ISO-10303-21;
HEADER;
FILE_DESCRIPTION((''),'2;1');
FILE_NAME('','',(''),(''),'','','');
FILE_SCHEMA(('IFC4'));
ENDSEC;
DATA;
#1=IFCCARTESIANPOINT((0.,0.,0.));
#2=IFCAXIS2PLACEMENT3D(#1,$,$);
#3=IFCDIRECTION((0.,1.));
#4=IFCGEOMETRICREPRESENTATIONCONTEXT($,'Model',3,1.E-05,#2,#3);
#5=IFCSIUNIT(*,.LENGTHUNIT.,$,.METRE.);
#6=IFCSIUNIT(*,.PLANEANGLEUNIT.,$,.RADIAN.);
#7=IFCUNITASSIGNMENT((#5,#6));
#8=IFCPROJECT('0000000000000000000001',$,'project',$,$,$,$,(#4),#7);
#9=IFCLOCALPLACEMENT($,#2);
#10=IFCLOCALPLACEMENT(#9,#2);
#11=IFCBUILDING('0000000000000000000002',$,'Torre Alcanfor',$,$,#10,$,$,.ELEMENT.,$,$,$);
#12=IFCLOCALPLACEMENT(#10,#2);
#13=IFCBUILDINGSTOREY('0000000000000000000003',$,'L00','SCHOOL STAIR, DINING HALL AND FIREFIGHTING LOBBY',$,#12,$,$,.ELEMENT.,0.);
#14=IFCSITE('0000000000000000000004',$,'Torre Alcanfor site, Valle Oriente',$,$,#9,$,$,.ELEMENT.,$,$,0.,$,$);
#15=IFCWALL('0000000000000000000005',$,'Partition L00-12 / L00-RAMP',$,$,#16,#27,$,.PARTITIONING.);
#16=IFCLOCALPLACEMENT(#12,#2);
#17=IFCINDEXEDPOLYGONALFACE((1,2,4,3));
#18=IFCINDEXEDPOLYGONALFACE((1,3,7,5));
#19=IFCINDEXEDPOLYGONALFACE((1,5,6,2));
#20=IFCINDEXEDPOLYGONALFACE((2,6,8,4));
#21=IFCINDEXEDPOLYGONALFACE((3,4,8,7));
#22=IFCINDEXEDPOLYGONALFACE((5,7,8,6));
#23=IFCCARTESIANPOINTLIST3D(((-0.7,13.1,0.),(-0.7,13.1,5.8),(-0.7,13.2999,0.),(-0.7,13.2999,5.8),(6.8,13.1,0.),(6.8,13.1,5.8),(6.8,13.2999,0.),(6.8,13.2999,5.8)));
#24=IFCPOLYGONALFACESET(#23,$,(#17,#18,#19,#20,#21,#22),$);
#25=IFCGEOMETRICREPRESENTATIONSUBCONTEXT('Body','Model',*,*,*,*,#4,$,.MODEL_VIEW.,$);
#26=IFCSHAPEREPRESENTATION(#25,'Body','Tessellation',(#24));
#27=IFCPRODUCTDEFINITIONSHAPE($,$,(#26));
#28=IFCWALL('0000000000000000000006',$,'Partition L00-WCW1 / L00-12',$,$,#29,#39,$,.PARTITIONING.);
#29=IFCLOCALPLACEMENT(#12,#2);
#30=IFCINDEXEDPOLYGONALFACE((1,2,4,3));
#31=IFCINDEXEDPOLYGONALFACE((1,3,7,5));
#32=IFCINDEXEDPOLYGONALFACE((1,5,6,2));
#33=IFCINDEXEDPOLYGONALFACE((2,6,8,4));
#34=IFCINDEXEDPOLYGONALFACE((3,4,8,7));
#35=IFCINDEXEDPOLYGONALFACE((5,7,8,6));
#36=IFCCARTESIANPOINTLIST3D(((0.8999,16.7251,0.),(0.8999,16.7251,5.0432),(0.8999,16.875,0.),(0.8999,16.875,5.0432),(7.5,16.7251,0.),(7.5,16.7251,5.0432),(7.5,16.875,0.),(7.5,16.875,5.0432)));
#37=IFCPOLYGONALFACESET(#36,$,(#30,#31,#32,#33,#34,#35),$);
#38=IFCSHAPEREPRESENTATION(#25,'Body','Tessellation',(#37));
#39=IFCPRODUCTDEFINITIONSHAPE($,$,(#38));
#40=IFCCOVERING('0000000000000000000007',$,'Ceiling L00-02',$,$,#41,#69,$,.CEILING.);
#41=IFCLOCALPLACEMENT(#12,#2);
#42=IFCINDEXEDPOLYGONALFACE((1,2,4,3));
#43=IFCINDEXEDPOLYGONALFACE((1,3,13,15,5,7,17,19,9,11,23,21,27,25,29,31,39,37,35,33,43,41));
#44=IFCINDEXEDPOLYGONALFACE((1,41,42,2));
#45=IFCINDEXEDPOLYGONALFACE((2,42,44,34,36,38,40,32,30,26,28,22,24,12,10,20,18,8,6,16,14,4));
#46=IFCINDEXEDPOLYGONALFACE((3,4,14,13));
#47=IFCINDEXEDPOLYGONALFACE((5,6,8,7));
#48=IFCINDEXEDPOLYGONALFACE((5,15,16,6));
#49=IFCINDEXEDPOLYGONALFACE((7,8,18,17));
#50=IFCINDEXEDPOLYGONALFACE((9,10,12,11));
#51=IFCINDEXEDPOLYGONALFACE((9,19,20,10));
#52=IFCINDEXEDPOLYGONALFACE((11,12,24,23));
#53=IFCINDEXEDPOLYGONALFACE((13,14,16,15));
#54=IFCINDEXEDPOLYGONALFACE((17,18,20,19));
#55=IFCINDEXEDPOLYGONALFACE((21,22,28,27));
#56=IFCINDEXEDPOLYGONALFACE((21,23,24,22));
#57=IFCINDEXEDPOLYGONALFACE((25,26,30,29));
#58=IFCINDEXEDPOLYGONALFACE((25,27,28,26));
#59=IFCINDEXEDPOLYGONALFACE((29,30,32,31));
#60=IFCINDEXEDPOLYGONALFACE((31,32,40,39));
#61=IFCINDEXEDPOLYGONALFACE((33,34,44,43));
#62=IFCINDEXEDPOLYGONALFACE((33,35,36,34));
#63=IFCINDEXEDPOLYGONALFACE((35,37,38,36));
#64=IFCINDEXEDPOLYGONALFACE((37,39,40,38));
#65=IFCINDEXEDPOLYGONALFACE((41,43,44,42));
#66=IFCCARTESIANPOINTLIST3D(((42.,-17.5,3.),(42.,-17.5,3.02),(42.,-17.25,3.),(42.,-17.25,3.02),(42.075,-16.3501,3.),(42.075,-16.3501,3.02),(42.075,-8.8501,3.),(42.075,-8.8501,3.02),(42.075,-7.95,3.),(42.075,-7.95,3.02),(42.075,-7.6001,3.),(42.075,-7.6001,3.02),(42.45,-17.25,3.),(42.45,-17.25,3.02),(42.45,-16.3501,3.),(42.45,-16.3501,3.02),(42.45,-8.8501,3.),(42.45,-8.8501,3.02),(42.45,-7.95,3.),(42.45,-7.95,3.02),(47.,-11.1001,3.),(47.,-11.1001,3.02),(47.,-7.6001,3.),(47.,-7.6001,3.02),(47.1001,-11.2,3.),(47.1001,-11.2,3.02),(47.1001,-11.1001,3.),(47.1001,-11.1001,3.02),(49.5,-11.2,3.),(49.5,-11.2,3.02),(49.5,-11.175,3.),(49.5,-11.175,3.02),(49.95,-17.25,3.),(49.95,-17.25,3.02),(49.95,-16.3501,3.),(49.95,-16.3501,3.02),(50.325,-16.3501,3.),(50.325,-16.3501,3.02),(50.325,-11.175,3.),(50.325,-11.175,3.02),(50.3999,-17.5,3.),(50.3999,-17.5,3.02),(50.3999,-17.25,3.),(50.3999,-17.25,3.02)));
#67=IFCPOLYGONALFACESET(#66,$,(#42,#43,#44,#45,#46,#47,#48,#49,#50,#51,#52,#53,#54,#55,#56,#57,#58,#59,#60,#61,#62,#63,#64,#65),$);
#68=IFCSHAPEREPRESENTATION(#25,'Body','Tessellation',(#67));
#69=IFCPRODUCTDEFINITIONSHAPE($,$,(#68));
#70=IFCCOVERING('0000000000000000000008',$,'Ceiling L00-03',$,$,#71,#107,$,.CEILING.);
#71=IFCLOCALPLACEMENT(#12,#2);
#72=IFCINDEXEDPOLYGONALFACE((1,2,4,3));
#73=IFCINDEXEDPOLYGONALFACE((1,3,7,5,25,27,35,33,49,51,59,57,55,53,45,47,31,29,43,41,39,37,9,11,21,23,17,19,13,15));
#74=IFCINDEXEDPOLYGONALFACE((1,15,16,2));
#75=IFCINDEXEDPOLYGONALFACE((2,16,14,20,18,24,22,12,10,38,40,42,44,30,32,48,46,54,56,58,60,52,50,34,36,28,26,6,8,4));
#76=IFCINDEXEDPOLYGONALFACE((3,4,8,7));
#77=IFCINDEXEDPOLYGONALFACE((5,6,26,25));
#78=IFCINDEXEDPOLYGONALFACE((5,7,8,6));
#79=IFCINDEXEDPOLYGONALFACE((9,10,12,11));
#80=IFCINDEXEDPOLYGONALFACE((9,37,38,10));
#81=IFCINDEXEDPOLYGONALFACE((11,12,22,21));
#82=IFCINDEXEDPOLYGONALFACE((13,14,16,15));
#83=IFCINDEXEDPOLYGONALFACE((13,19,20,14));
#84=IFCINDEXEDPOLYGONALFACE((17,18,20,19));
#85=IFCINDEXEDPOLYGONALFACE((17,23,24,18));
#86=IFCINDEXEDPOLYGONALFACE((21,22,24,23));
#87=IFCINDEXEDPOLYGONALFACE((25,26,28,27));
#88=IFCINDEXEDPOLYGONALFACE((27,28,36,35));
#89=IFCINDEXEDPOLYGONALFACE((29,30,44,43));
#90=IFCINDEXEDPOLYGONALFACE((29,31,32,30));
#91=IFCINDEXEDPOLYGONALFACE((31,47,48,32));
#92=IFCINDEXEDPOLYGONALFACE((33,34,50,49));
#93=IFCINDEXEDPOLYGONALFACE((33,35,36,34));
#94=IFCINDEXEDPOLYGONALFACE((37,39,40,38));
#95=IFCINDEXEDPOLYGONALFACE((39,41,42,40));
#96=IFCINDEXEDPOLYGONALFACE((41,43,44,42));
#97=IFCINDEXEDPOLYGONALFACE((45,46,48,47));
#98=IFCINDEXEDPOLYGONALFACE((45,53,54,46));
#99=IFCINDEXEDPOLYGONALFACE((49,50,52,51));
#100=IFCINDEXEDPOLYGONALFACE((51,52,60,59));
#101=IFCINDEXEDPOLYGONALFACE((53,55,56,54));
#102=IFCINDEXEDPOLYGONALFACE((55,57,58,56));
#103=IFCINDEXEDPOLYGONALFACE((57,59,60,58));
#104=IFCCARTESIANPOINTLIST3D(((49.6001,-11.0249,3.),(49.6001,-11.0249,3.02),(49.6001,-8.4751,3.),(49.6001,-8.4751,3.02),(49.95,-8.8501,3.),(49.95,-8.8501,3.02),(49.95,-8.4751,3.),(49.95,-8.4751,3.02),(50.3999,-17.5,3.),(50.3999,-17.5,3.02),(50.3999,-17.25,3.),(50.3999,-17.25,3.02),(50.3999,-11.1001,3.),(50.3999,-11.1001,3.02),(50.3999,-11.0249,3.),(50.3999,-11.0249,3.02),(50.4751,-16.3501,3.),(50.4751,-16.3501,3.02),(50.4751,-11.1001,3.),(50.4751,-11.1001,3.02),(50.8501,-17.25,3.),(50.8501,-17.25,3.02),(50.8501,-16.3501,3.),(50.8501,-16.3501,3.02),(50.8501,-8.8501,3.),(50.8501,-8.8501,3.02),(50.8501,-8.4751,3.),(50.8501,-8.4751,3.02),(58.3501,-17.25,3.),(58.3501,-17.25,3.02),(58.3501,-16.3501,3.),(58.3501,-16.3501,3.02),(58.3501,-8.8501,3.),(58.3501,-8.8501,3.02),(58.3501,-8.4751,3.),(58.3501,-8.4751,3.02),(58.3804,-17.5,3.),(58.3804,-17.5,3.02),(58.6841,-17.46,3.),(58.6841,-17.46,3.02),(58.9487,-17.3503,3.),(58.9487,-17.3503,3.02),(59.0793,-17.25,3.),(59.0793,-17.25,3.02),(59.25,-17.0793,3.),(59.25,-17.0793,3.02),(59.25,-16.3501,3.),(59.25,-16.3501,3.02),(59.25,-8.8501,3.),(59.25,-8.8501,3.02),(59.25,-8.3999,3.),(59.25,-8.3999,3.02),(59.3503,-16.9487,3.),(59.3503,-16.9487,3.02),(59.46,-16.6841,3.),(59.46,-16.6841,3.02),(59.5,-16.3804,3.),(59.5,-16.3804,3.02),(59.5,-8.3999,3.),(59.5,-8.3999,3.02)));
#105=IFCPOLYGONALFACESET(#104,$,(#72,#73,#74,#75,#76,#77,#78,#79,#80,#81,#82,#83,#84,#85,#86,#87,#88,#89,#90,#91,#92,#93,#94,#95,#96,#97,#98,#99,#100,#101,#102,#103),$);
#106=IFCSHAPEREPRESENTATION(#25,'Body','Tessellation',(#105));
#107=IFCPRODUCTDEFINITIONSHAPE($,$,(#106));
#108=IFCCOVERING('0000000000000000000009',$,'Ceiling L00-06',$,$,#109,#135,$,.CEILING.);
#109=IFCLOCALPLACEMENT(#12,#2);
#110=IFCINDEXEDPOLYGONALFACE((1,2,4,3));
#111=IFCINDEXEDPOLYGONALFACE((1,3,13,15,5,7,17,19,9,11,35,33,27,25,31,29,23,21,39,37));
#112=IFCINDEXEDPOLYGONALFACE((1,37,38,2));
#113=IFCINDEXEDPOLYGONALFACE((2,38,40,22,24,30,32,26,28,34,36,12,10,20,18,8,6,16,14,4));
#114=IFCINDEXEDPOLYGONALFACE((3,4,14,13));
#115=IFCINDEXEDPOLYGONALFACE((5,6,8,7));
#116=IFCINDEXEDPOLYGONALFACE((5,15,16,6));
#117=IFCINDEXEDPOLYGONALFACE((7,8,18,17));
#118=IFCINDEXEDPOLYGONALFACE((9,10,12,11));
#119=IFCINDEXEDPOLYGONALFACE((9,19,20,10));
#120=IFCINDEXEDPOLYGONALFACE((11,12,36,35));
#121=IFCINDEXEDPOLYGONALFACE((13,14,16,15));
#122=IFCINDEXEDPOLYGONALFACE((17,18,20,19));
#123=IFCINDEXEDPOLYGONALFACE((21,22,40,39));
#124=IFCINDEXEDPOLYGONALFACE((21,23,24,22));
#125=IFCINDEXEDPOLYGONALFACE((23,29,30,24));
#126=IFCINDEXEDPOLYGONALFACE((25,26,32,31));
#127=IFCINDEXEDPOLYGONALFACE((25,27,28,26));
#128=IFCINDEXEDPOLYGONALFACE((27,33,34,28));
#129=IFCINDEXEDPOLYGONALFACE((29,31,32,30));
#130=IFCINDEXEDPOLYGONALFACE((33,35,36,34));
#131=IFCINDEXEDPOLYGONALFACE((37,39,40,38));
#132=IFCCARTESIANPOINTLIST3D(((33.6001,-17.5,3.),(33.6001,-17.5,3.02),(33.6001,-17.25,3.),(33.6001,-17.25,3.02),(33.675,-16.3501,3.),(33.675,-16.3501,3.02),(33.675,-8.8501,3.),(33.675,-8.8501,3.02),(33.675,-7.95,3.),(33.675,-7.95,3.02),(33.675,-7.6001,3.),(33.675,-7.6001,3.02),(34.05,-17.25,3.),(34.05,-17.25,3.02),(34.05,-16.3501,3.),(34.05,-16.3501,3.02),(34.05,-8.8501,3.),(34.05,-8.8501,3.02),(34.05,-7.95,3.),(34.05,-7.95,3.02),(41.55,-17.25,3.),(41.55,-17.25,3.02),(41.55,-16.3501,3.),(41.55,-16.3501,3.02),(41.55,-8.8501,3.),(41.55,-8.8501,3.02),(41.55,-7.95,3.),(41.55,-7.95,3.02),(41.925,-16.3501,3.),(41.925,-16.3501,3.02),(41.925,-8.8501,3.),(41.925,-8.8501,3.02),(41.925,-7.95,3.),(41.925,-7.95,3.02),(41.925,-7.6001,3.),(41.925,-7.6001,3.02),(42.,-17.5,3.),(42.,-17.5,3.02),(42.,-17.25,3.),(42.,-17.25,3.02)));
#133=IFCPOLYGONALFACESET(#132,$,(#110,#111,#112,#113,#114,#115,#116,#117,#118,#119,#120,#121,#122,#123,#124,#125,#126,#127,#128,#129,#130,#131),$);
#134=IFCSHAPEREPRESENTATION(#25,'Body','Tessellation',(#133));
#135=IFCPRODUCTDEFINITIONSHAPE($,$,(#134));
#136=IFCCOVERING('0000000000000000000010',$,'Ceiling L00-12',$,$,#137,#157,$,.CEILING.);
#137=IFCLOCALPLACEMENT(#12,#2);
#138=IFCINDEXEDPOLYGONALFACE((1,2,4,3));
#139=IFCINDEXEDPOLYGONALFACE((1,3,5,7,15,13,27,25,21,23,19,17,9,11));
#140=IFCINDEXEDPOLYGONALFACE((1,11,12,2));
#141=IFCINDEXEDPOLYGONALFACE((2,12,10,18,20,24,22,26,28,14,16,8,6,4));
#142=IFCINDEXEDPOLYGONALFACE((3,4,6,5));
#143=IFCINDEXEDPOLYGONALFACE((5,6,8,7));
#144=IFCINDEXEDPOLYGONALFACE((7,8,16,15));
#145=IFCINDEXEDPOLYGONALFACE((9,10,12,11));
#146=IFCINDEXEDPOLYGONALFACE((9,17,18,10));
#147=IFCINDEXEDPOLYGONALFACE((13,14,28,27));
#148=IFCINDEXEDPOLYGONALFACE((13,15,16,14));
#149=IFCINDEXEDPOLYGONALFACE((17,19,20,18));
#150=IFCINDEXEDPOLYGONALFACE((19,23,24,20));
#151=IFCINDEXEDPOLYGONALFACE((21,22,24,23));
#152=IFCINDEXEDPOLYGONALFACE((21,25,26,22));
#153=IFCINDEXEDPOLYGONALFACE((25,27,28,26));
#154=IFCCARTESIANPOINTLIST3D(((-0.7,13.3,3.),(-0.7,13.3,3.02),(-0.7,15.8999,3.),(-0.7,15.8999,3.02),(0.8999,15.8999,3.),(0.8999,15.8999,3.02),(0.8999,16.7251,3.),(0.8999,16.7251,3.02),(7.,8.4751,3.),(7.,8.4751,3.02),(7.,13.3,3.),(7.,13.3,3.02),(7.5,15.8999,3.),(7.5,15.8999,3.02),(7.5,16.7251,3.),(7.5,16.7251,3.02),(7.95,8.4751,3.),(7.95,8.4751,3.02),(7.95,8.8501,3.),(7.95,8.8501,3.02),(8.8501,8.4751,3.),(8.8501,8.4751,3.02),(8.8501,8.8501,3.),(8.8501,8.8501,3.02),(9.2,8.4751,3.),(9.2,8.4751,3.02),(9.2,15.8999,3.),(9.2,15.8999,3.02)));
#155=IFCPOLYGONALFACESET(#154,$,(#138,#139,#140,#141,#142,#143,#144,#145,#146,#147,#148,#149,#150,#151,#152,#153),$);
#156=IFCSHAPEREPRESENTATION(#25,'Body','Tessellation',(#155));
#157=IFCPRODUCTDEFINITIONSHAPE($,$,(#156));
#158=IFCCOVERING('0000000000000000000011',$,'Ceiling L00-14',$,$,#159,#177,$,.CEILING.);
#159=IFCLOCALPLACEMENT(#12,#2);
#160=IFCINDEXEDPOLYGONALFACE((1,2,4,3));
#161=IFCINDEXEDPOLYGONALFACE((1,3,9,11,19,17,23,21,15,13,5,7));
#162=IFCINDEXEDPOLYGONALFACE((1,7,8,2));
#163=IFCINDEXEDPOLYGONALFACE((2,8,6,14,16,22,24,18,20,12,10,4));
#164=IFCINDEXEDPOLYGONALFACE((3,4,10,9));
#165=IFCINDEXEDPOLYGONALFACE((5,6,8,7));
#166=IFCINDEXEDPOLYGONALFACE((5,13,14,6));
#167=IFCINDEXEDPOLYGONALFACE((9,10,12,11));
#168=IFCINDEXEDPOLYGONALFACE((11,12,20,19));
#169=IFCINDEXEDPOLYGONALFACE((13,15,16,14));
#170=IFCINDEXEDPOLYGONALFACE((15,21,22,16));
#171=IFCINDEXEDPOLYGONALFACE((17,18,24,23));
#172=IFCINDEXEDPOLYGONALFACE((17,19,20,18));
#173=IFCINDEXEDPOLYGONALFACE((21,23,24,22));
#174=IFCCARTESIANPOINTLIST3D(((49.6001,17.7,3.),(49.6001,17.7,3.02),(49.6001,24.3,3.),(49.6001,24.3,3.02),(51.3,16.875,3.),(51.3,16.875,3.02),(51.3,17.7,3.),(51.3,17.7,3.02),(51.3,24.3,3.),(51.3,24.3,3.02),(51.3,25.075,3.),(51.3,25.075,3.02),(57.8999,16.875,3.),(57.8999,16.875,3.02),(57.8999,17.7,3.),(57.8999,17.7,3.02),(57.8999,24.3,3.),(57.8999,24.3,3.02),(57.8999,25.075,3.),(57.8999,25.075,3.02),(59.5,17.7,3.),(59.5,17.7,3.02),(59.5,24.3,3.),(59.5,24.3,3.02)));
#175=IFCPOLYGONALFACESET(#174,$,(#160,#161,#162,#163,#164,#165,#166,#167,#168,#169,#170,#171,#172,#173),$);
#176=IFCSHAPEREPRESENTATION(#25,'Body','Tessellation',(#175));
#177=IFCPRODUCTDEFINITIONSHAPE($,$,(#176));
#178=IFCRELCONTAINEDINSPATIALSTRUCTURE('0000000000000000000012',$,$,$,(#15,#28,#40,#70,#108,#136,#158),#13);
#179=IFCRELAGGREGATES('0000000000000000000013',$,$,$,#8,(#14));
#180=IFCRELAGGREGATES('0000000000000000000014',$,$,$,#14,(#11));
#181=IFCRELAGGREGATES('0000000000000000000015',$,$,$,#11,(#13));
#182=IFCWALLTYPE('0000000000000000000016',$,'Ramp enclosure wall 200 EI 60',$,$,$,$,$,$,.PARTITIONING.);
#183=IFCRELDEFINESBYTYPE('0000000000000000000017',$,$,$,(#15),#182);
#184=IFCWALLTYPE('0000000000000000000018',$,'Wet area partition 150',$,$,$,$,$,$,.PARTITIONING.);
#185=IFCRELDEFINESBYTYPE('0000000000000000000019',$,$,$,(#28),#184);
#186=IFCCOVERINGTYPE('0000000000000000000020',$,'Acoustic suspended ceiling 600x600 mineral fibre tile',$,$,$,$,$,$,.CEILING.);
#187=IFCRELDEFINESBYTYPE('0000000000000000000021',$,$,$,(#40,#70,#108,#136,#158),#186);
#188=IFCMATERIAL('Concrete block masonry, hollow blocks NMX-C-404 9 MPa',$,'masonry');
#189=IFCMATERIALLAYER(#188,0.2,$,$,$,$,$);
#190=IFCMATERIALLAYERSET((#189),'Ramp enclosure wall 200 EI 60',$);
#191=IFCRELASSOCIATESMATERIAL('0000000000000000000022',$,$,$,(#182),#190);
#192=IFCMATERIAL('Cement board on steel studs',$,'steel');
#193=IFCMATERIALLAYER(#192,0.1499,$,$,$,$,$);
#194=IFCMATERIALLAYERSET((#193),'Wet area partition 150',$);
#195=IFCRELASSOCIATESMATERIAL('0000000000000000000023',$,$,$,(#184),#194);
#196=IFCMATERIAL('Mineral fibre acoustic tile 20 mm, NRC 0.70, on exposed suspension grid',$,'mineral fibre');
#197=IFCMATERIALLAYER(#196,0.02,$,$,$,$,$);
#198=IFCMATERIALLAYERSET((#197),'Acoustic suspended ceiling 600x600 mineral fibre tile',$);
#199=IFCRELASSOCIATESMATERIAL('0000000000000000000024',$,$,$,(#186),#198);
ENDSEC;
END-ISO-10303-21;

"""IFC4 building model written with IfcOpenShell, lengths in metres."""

from ifc_helpers import new_model, si_unit, direction, frame, frame_2d, origin, place, context, subcontext, project, spatial, polyline, rectangle, outline, extrude, material, layer, layer_set, type_object, element, save


model = new_model("IFC4")

# Units and contexts
model_context = context("Model", 3, precision=1e-05, world=origin(), true_north=direction((0.0, 1.0)))
body_context = subcontext(model_context, "Body", "Model", "MODEL_VIEW")
ifc_project = project(units=[si_unit("LENGTHUNIT", "METRE"), si_unit("PLANEANGLEUNIT", "RADIAN")], contexts=[model_context])

# Site, building, storey
site_placement = place(None, origin())
site = spatial("IfcSite", under=ifc_project, at=site_placement, Name="Torre Alcanfor site, Valle Oriente", CompositionType="ELEMENT", RefElevation=0.0)
building_placement = place(site_placement, origin())
building = spatial("IfcBuilding", under=site, at=building_placement, Name="Torre Alcanfor", CompositionType="ELEMENT")
storey_placement = place(building_placement, origin())
storey = spatial("IfcBuildingStorey", under=building, at=storey_placement, Name="L00", Description="SCHOOL STAIR, DINING HALL AND FIREFIGHTING LOBBY", CompositionType="ELEMENT", Elevation=0.0)

# Walls
ifc_material_1 = material(Name="Concrete block masonry, hollow blocks NMX-C-404 9 MPa", Category="masonry")
ifc_layer_1 = layer(ifc_material_1, 0.2)
ifc_layer_set_1 = layer_set([ifc_layer_1], Name="Ramp enclosure wall 200 EI 60")
wall_type_1 = type_object("IfcWallType", Name="Ramp enclosure wall 200 EI 60", PredefinedType="PARTITIONING", material=ifc_layer_set_1)
wall_1_placement = place(storey_placement, frame((6.8, 13.2, 0.0), z_axis=(0.0, 0.0, 1.0), x_axis=(-1.0, 0.0, 0.0)))
element("IfcWall", 1, at=wall_1_placement, inside=storey, type_object=wall_type_1, Name="Partition L00-12 / L00-RAMP", PredefinedType="PARTITIONING", context=body_context, shape_type="SweptSolid", body=[
    extrude(rectangle(XDim=7.5, YDim=0.2, at=frame_2d((3.75, 0.0))), origin(), (0.0, 0.0, 1.0), 5.8),
])
ifc_material_2 = material(Name="Cement board on steel studs", Category="steel")
ifc_layer_2 = layer(ifc_material_2, 0.1499)
ifc_layer_set_2 = layer_set([ifc_layer_2], Name="Wet area partition 150")
wall_type_2 = type_object("IfcWallType", Name="Wet area partition 150", PredefinedType="PARTITIONING", material=ifc_layer_set_2)
wall_2_placement = place(storey_placement, frame((7.5, 16.8, 0.0), z_axis=(0.0, 0.0, 1.0), x_axis=(-1.0, 0.0, 0.0)))
element("IfcWall", 2, at=wall_2_placement, inside=storey, type_object=wall_type_2, Name="Partition L00-WCW1 / L00-12", PredefinedType="PARTITIONING", context=body_context, shape_type="SweptSolid", body=[
    extrude(rectangle(XDim=6.6001, YDim=0.1499, at=frame_2d((3.3, 0.0))), origin(), (0.0, 0.0, 1.0), 5.0432),
])

# Coverings
ifc_material_3 = material(Name="Mineral fibre acoustic tile 20 mm, NRC 0.70, on exposed suspension grid", Category="mineral fibre")
ifc_layer_3 = layer(ifc_material_3, 0.02)
ifc_layer_set_3 = layer_set([ifc_layer_3], Name="Acoustic suspended ceiling 600x600 mineral fibre tile")
covering_type_1 = type_object("IfcCoveringType", Name="Acoustic suspended ceiling 600x600 mineral fibre tile", PredefinedType="CEILING", material=ifc_layer_set_3)
covering_1_placement = place(storey_placement, frame((0.0, 0.0, 3.0)))
element("IfcCovering", 3, at=covering_1_placement, inside=storey, type_object=covering_type_1, Name="Ceiling L00-02", PredefinedType="CEILING", context=body_context, shape_type="SweptSolid", body=[
    extrude(outline(polyline([(49.95, -17.25), (49.95, -16.3501), (50.325, -16.3501), (50.325, -11.175), (49.5, -11.175), (49.5, -11.2), (47.1001, -11.2), (47.1001, -11.1001), (47.0, -11.1001), (47.0, -7.6001), (42.075, -7.6001), (42.075, -7.95), (42.45, -7.95), (42.45, -8.8501), (42.075, -8.8501), (42.075, -16.3501), (42.45, -16.3501), (42.45, -17.25), (42.0, -17.25), (42.0, -17.5), (50.3999, -17.5), (50.3999, -17.25), (49.95, -17.25)])), origin(), (0.0, 0.0, 1.0), 0.02),
])
covering_2_placement = place(storey_placement, frame((0.0, 0.0, 3.0)))
element("IfcCovering", 4, at=covering_2_placement, inside=storey, type_object=covering_type_1, Name="Ceiling L00-03", PredefinedType="CEILING", context=body_context, shape_type="SweptSolid", body=[
    extrude(outline(polyline([(59.25, -16.3501), (59.25, -17.0793), (59.3503, -16.9487), (59.46, -16.6841), (59.5, -16.3804), (59.5, -8.3999), (59.25, -8.3999), (59.25, -8.8501), (58.3501, -8.8501), (58.3501, -8.4751), (50.8501, -8.4751), (50.8501, -8.8501), (49.95, -8.8501), (49.95, -8.4751), (49.6001, -8.4751), (49.6001, -11.0249), (50.3999, -11.0249), (50.3999, -11.1001), (50.4751, -11.1001), (50.4751, -16.3501), (50.8501, -16.3501), (50.8501, -17.25), (50.3999, -17.25), (50.3999, -17.5), (58.3804, -17.5), (58.6841, -17.46), (58.9487, -17.3503), (59.0793, -17.25), (58.3501, -17.25), (58.3501, -16.3501), (59.25, -16.3501)])), origin(), (0.0, 0.0, 1.0), 0.02),
])
covering_3_placement = place(storey_placement, frame((0.0, 0.0, 3.0)))
element("IfcCovering", 5, at=covering_3_placement, inside=storey, type_object=covering_type_1, Name="Ceiling L00-06", PredefinedType="CEILING", context=body_context, shape_type="SweptSolid", body=[
    extrude(outline(polyline([(41.55, -8.8501), (41.55, -7.95), (41.925, -7.95), (41.925, -7.6001), (33.675, -7.6001), (33.675, -7.95), (34.05, -7.95), (34.05, -8.8501), (33.675, -8.8501), (33.675, -16.3501), (34.05, -16.3501), (34.05, -17.25), (33.6001, -17.25), (33.6001, -17.5), (42.0, -17.5), (42.0, -17.25), (41.55, -17.25), (41.55, -16.3501), (41.925, -16.3501), (41.925, -8.8501), (41.55, -8.8501)])), origin(), (0.0, 0.0, 1.0), 0.02),
])
covering_4_placement = place(storey_placement, frame((0.0, 0.0, 3.0)))
element("IfcCovering", 6, at=covering_4_placement, inside=storey, type_object=covering_type_1, Name="Ceiling L00-12", PredefinedType="CEILING", context=body_context, shape_type="SweptSolid", body=[
    extrude(outline(polyline([(-0.7, 13.3), (7.0, 13.3), (7.0, 8.4751), (7.95, 8.4751), (7.95, 8.8501), (8.8501, 8.8501), (8.8501, 8.4751), (9.2, 8.4751), (9.2, 15.8999), (7.5, 15.8999), (7.5, 16.7251), (0.8999, 16.7251), (0.8999, 15.8999), (-0.7, 15.8999), (-0.7, 13.3)])), origin(), (0.0, 0.0, 1.0), 0.02),
])
covering_5_placement = place(storey_placement, frame((0.0, 0.0, 3.0)))
element("IfcCovering", 7, at=covering_5_placement, inside=storey, type_object=covering_type_1, Name="Ceiling L00-14", PredefinedType="CEILING", context=body_context, shape_type="SweptSolid", body=[
    extrude(outline(polyline([(57.8999, 17.7), (59.5, 17.7), (59.5, 24.3), (57.8999, 24.3), (57.8999, 25.075), (51.3, 25.075), (51.3, 24.3), (49.6001, 24.3), (49.6001, 17.7), (51.3, 17.7), (51.3, 16.875), (57.8999, 16.875), (57.8999, 17.7)])), origin(), (0.0, 0.0, 1.0), 0.02),
])

save(model, "model.ifc")
